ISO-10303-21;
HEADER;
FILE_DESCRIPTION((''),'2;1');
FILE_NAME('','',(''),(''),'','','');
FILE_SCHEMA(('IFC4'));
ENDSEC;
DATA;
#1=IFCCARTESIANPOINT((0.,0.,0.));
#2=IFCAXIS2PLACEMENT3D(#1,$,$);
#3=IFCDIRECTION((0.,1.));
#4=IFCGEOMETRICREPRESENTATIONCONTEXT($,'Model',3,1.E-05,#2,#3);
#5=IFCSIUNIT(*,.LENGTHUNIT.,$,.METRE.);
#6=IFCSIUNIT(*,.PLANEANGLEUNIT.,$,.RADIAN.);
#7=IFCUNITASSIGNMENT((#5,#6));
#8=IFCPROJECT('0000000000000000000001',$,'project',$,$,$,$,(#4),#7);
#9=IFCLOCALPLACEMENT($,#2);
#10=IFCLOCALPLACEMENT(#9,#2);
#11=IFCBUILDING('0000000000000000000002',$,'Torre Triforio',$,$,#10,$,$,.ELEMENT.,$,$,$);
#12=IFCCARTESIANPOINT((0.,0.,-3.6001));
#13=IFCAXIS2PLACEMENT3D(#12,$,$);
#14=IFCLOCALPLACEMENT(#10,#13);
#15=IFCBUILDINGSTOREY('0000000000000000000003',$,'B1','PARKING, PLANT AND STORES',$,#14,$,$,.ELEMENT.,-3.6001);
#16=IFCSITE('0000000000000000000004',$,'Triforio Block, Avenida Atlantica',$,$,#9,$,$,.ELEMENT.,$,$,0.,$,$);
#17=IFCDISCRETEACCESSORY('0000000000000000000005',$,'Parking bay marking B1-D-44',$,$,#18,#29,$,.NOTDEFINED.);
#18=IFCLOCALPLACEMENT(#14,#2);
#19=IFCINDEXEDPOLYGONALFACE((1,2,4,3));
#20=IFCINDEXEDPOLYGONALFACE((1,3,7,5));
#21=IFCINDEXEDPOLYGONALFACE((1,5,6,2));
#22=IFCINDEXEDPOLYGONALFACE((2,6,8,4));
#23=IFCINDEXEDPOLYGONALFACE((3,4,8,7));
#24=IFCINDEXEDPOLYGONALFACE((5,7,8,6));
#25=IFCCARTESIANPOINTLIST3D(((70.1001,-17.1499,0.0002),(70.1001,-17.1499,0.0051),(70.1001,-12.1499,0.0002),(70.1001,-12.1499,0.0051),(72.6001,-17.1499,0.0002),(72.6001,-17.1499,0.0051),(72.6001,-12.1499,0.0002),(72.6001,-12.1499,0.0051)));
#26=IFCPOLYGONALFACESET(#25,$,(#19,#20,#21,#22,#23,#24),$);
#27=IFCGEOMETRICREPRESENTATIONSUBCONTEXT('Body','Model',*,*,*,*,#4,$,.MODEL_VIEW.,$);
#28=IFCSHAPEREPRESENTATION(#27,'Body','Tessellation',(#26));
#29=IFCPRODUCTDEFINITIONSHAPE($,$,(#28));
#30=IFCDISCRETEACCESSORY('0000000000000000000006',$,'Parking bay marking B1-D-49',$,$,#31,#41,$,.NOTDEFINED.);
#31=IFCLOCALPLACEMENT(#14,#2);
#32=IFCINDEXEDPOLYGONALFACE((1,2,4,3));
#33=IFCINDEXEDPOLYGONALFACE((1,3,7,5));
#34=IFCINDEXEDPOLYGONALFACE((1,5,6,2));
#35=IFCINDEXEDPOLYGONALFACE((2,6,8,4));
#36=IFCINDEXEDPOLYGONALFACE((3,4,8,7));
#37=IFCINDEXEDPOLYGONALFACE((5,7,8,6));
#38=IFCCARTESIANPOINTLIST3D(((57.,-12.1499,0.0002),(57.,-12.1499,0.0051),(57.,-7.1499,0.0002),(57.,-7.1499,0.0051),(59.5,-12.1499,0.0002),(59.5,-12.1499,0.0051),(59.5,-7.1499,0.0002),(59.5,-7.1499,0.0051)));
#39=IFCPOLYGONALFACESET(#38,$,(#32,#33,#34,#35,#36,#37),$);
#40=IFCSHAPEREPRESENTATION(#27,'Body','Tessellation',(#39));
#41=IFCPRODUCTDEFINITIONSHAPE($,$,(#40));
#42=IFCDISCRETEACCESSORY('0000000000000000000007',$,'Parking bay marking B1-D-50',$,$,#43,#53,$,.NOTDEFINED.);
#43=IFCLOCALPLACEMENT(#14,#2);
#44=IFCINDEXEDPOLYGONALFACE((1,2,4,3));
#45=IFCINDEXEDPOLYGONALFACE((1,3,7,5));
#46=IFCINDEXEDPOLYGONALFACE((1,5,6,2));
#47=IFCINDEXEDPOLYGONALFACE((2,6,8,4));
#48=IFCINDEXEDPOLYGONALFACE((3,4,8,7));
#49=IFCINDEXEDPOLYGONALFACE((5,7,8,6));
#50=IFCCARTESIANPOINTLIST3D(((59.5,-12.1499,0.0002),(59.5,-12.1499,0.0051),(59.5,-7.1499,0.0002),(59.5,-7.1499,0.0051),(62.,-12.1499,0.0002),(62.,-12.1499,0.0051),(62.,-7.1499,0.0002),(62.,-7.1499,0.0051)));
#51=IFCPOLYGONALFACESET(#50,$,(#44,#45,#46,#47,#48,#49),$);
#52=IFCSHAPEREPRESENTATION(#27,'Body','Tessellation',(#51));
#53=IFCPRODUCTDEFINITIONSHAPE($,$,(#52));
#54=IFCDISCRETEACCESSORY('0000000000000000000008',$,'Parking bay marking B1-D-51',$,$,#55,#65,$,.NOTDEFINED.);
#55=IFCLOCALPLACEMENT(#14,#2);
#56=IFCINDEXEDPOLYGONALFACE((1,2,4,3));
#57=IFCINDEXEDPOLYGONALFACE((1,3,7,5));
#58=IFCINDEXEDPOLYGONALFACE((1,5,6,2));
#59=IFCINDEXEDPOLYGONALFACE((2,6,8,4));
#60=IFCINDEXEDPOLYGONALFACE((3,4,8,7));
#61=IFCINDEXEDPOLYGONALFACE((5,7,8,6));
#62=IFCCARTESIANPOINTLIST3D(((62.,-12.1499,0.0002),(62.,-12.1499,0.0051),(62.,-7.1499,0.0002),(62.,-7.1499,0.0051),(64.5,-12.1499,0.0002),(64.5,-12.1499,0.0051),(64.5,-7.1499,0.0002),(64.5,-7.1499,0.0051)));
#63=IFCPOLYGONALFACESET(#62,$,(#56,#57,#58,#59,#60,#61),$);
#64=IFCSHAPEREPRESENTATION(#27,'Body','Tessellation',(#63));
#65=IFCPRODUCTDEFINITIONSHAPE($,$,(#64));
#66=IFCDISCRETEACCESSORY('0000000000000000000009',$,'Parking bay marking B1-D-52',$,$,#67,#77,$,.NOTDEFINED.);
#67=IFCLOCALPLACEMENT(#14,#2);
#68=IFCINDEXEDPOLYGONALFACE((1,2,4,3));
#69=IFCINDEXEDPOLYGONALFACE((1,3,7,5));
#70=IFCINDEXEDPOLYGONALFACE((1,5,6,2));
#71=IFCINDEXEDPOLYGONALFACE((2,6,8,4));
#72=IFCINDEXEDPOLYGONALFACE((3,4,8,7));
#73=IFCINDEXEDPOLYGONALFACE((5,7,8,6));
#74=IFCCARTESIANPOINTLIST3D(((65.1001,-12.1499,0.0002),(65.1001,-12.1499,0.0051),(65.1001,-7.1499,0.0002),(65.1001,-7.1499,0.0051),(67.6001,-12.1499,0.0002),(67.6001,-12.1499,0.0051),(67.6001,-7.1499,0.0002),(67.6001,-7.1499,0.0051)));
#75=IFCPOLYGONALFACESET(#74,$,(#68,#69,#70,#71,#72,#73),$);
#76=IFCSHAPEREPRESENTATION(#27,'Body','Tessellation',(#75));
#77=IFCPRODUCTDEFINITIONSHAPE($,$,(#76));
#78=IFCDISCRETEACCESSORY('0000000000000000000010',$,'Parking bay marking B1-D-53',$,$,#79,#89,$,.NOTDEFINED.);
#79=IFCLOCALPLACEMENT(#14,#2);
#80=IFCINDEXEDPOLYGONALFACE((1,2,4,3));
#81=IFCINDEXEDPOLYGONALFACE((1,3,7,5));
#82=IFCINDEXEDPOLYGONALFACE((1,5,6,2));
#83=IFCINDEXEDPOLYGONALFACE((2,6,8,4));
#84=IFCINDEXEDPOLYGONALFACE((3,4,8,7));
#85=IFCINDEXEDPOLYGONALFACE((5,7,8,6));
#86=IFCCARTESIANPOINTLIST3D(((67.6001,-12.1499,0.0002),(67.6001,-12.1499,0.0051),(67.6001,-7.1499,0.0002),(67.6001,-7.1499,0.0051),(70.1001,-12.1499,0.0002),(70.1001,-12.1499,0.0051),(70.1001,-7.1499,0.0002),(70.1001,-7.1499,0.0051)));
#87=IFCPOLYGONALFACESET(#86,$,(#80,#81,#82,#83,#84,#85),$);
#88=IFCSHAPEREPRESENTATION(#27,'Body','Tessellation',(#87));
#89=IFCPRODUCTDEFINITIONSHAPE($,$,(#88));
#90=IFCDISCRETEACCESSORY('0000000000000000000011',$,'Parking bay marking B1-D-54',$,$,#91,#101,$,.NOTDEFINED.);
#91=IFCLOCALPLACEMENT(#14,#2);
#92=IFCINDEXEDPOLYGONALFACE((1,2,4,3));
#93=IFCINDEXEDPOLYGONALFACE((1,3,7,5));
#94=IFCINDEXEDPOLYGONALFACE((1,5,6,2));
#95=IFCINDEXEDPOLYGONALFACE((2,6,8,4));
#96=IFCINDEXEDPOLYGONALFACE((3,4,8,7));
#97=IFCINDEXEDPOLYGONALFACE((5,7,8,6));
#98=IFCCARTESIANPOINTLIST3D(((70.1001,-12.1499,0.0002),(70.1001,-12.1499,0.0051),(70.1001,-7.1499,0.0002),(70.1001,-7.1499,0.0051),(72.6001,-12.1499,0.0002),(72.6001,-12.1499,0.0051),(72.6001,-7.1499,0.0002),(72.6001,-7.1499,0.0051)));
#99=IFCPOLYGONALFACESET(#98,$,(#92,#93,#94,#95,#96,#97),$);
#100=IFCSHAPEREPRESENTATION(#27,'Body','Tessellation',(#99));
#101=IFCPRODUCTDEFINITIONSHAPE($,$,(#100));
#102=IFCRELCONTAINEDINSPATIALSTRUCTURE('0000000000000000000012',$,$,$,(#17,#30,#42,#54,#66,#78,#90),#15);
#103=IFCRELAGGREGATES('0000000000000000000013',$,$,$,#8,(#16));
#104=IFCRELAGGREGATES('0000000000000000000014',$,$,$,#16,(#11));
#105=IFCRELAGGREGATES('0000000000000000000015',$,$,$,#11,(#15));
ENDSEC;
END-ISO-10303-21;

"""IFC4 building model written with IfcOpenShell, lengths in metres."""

from ifc_helpers import new_model, si_unit, direction, frame, origin, origin_2d, place, context, subcontext, project, spatial, rectangle, extrude, element, save


model = new_model("IFC4")

# Units and contexts
model_context = context("Model", 3, precision=1e-05, world=origin(), true_north=direction((0.0, 1.0)))
body_context = subcontext(model_context, "Body", "Model", "MODEL_VIEW")
ifc_project = project(units=[si_unit("LENGTHUNIT", "METRE"), si_unit("PLANEANGLEUNIT", "RADIAN")], contexts=[model_context])

# Site, building, storey
site_placement = place(None, origin())
site = spatial("IfcSite", under=ifc_project, at=site_placement, Name="Triforio Block, Avenida Atlantica", CompositionType="ELEMENT", RefElevation=0.0)
building_placement = place(site_placement, origin())
building = spatial("IfcBuilding", under=site, at=building_placement, Name="Torre Triforio", CompositionType="ELEMENT")
storey_placement = place(building_placement, frame((0.0, 0.0, -3.6001)))
storey = spatial("IfcBuildingStorey", under=building, at=storey_placement, Name="B1", Description="PARKING, PLANT AND STORES", CompositionType="ELEMENT", Elevation=-3.6001)

# Discrete accessories
for number, where, z_axis, x_axis, name in (
    (1, (71.3501, -14.6499, 0.0002), (0.0, 0.0, 1.0), (1.0, 0.0, 0.0), "Parking bay marking B1-D-44"),
    (2, (58.25, -9.6499, 0.0002), (0.0, 0.0, 1.0), (1.0, 0.0, 0.0), "Parking bay marking B1-D-49"),
    (3, (60.75, -9.6499, 0.0002), (0.0, 0.0, 1.0), (1.0, 0.0, 0.0), "Parking bay marking B1-D-50"),
    (4, (63.25, -9.6499, 0.0002), (0.0, 0.0, 1.0), (1.0, 0.0, 0.0), "Parking bay marking B1-D-51"),
    (5, (66.3501, -9.6499, 0.0002), (0.0, 0.0, 1.0), (1.0, 0.0, 0.0), "Parking bay marking B1-D-52"),
    (6, (68.8501, -9.6499, 0.0002), (0.0, 0.0, 1.0), (1.0, 0.0, 0.0), "Parking bay marking B1-D-53"),
    (7, (71.3501, -9.6499, 0.0002), (0.0, 0.0, 1.0), (1.0, 0.0, 0.0), "Parking bay marking B1-D-54"),
):
    element("IfcDiscreteAccessory", number, at=place(storey_placement, frame(where, z_axis=z_axis, x_axis=x_axis)), inside=storey, Name=name, PredefinedType="NOTDEFINED", context=body_context, shape_type="SweptSolid", body=[
        extrude(rectangle(XDim=2.5, YDim=5.0, at=origin_2d()), origin(), (0.0, 0.0, 1.0), 0.0049),
    ])

save(model, "model.ifc")
